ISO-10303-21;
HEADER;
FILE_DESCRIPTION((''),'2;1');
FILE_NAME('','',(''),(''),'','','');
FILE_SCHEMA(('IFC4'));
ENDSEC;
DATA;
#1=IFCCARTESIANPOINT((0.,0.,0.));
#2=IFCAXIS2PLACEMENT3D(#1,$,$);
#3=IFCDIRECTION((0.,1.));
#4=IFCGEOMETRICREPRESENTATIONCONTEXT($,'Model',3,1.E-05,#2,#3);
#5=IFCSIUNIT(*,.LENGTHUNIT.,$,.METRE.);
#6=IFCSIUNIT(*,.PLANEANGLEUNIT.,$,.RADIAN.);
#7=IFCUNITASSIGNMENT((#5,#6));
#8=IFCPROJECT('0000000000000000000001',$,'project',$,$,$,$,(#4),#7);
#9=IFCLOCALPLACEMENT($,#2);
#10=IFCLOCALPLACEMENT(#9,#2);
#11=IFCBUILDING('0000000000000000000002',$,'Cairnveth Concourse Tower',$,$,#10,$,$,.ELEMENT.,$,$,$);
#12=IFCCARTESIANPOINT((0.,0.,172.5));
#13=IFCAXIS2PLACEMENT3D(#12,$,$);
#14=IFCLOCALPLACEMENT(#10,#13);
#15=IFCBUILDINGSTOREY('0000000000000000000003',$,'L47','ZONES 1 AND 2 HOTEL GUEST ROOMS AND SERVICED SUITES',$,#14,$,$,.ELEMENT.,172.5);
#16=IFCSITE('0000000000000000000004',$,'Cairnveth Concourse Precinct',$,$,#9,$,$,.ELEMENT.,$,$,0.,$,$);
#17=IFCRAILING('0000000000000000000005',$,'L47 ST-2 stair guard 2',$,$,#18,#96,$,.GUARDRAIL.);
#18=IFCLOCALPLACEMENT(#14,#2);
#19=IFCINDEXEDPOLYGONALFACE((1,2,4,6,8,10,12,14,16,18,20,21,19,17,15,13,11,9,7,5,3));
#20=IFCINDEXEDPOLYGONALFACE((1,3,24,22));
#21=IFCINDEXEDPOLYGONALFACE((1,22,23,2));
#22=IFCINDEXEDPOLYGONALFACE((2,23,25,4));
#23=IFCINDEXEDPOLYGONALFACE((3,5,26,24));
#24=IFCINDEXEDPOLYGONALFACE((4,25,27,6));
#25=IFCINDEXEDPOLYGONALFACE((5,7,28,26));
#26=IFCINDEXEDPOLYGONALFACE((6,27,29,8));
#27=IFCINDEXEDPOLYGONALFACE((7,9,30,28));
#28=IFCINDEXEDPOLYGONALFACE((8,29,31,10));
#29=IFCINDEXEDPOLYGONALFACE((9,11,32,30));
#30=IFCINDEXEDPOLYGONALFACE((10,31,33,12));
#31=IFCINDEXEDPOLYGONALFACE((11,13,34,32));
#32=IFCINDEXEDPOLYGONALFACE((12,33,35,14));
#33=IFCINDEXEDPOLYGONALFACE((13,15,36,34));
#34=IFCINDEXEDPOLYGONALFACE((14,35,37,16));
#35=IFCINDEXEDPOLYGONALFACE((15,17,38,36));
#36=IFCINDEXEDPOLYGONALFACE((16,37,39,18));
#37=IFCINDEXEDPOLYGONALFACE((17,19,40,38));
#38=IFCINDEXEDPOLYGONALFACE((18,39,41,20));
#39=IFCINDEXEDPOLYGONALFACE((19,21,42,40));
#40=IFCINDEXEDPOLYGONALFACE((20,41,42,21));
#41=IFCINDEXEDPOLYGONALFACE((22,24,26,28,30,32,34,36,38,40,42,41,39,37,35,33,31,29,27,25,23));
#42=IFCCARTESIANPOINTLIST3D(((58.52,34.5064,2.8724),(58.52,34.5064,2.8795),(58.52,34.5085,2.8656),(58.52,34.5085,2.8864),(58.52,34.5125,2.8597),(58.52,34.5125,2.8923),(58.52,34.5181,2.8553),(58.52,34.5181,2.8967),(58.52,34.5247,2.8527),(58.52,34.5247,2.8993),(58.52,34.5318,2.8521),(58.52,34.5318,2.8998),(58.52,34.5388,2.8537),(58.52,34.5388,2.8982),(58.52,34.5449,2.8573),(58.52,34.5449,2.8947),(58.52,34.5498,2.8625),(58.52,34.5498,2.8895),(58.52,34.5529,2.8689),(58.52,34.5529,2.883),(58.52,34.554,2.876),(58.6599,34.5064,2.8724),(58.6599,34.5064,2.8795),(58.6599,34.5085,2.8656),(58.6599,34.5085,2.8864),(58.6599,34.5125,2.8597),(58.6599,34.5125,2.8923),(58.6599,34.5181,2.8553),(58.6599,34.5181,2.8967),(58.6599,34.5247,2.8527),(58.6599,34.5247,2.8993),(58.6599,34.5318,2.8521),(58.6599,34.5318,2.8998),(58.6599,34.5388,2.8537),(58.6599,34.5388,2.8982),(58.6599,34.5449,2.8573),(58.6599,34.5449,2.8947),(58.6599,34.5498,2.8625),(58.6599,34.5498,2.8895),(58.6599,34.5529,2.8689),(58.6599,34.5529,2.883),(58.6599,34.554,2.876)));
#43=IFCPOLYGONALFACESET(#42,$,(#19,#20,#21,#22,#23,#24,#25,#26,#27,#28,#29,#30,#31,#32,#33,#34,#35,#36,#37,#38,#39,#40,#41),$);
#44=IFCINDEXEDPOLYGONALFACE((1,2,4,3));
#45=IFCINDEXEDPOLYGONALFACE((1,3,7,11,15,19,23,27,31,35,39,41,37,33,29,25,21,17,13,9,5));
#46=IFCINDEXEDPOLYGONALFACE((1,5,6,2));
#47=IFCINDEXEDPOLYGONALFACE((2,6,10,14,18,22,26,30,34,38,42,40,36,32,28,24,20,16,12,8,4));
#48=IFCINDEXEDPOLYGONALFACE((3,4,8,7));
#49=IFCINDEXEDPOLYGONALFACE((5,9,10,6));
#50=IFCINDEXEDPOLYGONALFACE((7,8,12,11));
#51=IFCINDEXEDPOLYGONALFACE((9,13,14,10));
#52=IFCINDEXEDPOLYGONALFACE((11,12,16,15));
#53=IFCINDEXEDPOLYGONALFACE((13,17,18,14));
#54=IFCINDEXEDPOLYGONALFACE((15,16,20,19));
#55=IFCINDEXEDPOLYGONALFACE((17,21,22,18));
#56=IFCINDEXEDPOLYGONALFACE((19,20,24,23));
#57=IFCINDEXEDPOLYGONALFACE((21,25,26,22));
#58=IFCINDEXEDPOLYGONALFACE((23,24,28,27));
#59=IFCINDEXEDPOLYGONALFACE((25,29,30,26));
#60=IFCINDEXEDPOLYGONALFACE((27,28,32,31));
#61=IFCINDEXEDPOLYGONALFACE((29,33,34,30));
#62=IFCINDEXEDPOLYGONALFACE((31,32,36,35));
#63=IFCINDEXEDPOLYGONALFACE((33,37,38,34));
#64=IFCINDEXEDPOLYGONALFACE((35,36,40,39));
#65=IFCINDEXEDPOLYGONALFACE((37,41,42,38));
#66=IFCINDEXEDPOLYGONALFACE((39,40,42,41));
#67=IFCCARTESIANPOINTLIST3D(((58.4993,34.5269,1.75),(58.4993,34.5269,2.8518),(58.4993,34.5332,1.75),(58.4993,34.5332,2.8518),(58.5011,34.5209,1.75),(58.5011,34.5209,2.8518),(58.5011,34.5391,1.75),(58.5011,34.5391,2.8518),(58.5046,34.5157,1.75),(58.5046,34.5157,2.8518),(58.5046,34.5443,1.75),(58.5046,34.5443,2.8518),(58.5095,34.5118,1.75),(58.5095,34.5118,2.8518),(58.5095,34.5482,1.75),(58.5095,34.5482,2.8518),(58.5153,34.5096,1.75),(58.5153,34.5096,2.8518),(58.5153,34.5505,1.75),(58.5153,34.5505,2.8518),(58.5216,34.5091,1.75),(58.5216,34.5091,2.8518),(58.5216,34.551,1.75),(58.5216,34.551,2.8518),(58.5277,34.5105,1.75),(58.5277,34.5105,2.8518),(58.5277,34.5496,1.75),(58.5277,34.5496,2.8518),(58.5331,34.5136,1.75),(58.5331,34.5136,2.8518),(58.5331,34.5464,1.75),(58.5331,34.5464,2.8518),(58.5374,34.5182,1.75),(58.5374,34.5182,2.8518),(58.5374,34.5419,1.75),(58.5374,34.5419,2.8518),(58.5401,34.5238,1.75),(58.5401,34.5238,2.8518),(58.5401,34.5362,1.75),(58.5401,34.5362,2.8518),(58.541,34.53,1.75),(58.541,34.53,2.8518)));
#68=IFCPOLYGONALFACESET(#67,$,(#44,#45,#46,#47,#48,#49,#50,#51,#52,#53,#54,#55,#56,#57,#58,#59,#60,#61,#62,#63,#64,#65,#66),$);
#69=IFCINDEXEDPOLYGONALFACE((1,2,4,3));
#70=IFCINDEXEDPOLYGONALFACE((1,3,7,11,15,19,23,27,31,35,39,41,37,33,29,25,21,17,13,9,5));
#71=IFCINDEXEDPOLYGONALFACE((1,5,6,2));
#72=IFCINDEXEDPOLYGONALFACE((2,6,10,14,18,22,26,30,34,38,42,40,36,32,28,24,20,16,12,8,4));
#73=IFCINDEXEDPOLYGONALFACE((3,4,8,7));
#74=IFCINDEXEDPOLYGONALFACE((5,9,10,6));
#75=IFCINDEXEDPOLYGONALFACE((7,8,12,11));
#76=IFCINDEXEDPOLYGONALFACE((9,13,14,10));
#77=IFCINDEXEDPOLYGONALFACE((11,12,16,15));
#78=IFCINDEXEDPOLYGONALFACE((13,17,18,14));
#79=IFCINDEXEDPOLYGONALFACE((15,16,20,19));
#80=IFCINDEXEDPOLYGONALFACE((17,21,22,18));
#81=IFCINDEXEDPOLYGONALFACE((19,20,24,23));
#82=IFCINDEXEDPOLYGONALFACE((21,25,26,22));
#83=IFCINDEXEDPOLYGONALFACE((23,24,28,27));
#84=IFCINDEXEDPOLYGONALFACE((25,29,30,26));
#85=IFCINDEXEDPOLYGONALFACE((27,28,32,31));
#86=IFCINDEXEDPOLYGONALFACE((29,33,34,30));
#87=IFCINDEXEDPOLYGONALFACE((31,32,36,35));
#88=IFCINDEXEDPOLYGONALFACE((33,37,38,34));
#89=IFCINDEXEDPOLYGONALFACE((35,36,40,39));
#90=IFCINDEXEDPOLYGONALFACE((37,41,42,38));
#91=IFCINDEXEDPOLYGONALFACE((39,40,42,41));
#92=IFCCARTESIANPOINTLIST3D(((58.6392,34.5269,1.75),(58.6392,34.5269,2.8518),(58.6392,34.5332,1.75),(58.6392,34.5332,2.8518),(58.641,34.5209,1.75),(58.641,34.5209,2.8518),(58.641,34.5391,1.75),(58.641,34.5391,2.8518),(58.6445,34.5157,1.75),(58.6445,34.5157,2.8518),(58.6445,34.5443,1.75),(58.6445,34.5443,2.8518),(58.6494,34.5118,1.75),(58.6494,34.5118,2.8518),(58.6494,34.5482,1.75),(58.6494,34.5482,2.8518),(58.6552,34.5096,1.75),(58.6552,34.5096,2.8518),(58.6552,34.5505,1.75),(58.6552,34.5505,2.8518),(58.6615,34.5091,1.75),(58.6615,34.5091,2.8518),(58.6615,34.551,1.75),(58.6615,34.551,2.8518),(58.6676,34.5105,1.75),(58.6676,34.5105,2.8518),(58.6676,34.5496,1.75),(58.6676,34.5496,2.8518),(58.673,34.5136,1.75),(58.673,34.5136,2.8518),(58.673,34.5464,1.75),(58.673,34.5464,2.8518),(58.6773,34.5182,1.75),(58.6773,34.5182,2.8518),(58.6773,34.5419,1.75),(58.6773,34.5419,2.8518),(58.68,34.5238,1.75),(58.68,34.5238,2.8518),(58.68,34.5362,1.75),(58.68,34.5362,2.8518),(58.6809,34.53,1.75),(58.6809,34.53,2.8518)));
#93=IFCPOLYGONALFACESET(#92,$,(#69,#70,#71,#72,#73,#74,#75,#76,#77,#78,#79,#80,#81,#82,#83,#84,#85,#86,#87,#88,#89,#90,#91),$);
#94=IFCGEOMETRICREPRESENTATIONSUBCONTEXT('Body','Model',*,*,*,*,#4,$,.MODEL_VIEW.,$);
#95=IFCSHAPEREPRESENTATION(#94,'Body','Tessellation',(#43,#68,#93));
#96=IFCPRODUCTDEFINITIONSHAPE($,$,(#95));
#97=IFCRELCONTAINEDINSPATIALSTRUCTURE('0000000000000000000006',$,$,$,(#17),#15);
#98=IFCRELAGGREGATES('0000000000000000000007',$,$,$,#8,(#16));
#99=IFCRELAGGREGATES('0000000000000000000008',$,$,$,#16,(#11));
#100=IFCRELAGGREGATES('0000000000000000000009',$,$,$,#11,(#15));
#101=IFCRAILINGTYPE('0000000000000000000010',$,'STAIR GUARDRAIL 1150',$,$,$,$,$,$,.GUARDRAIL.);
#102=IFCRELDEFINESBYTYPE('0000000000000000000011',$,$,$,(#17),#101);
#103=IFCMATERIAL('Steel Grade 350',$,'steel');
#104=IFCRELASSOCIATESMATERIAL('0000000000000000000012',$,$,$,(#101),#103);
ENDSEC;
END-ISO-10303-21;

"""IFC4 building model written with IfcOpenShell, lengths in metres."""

from ifc_helpers import new_model, si_unit, direction, frame, origin, origin_2d, place, context, subcontext, project, spatial, circle, extrude, material, type_object, element, save


model = new_model("IFC4")

# Units and contexts
model_context = context("Model", 3, precision=1e-05, world=origin(), true_north=direction((0.0, 1.0)))
body_context = subcontext(model_context, "Body", "Model", "MODEL_VIEW")
ifc_project = project(units=[si_unit("LENGTHUNIT", "METRE"), si_unit("PLANEANGLEUNIT", "RADIAN")], contexts=[model_context])

# Site, building, storey
site_placement = place(None, origin())
site = spatial("IfcSite", under=ifc_project, at=site_placement, Name="Cairnveth Concourse Precinct", CompositionType="ELEMENT", RefElevation=0.0)
building_placement = place(site_placement, origin())
building = spatial("IfcBuilding", under=site, at=building_placement, Name="Cairnveth Concourse Tower", CompositionType="ELEMENT")
storey_placement = place(building_placement, frame((0.0, 0.0, 172.5)))
storey = spatial("IfcBuildingStorey", under=building, at=storey_placement, Name="L47", Description="ZONES 1 AND 2 HOTEL GUEST ROOMS AND SERVICED SUITES", CompositionType="ELEMENT", Elevation=172.5)

# Shared definitions
ifc_material_1 = material(Name="Steel Grade 350", Category="steel")

# Railing
railing_type = type_object("IfcRailingType", Name="STAIR GUARDRAIL 1150", PredefinedType="GUARDRAIL", material=ifc_material_1)
railing_1_placement = place(storey_placement, frame((58.52, 34.53, 1.75)))
element("IfcRailing", 1, at=railing_1_placement, inside=storey, type_object=railing_type, Name="L47 ST-2 stair guard 2", PredefinedType="GUARDRAIL", context=body_context, shape_type="SweptSolid", body=[
    extrude(circle(Radius=0.0239, at=origin_2d()), frame((0.0, 0.0, 1.126), z_axis=(1.0, 0.0, 0.0), x_axis=(0.0, 1.0, 0.0)), (0.0, 0.0, 1.0), 0.1399),
    extrude(circle(Radius=0.021, at=origin_2d()), origin(), (0.0, 0.0, 1.0), 1.1018),
    extrude(circle(Radius=0.021, at=origin_2d()), frame((0.1399, 0.0, 0.0)), (0.0, 0.0, 1.0), 1.1018),
])

save(model, "model.ifc")
